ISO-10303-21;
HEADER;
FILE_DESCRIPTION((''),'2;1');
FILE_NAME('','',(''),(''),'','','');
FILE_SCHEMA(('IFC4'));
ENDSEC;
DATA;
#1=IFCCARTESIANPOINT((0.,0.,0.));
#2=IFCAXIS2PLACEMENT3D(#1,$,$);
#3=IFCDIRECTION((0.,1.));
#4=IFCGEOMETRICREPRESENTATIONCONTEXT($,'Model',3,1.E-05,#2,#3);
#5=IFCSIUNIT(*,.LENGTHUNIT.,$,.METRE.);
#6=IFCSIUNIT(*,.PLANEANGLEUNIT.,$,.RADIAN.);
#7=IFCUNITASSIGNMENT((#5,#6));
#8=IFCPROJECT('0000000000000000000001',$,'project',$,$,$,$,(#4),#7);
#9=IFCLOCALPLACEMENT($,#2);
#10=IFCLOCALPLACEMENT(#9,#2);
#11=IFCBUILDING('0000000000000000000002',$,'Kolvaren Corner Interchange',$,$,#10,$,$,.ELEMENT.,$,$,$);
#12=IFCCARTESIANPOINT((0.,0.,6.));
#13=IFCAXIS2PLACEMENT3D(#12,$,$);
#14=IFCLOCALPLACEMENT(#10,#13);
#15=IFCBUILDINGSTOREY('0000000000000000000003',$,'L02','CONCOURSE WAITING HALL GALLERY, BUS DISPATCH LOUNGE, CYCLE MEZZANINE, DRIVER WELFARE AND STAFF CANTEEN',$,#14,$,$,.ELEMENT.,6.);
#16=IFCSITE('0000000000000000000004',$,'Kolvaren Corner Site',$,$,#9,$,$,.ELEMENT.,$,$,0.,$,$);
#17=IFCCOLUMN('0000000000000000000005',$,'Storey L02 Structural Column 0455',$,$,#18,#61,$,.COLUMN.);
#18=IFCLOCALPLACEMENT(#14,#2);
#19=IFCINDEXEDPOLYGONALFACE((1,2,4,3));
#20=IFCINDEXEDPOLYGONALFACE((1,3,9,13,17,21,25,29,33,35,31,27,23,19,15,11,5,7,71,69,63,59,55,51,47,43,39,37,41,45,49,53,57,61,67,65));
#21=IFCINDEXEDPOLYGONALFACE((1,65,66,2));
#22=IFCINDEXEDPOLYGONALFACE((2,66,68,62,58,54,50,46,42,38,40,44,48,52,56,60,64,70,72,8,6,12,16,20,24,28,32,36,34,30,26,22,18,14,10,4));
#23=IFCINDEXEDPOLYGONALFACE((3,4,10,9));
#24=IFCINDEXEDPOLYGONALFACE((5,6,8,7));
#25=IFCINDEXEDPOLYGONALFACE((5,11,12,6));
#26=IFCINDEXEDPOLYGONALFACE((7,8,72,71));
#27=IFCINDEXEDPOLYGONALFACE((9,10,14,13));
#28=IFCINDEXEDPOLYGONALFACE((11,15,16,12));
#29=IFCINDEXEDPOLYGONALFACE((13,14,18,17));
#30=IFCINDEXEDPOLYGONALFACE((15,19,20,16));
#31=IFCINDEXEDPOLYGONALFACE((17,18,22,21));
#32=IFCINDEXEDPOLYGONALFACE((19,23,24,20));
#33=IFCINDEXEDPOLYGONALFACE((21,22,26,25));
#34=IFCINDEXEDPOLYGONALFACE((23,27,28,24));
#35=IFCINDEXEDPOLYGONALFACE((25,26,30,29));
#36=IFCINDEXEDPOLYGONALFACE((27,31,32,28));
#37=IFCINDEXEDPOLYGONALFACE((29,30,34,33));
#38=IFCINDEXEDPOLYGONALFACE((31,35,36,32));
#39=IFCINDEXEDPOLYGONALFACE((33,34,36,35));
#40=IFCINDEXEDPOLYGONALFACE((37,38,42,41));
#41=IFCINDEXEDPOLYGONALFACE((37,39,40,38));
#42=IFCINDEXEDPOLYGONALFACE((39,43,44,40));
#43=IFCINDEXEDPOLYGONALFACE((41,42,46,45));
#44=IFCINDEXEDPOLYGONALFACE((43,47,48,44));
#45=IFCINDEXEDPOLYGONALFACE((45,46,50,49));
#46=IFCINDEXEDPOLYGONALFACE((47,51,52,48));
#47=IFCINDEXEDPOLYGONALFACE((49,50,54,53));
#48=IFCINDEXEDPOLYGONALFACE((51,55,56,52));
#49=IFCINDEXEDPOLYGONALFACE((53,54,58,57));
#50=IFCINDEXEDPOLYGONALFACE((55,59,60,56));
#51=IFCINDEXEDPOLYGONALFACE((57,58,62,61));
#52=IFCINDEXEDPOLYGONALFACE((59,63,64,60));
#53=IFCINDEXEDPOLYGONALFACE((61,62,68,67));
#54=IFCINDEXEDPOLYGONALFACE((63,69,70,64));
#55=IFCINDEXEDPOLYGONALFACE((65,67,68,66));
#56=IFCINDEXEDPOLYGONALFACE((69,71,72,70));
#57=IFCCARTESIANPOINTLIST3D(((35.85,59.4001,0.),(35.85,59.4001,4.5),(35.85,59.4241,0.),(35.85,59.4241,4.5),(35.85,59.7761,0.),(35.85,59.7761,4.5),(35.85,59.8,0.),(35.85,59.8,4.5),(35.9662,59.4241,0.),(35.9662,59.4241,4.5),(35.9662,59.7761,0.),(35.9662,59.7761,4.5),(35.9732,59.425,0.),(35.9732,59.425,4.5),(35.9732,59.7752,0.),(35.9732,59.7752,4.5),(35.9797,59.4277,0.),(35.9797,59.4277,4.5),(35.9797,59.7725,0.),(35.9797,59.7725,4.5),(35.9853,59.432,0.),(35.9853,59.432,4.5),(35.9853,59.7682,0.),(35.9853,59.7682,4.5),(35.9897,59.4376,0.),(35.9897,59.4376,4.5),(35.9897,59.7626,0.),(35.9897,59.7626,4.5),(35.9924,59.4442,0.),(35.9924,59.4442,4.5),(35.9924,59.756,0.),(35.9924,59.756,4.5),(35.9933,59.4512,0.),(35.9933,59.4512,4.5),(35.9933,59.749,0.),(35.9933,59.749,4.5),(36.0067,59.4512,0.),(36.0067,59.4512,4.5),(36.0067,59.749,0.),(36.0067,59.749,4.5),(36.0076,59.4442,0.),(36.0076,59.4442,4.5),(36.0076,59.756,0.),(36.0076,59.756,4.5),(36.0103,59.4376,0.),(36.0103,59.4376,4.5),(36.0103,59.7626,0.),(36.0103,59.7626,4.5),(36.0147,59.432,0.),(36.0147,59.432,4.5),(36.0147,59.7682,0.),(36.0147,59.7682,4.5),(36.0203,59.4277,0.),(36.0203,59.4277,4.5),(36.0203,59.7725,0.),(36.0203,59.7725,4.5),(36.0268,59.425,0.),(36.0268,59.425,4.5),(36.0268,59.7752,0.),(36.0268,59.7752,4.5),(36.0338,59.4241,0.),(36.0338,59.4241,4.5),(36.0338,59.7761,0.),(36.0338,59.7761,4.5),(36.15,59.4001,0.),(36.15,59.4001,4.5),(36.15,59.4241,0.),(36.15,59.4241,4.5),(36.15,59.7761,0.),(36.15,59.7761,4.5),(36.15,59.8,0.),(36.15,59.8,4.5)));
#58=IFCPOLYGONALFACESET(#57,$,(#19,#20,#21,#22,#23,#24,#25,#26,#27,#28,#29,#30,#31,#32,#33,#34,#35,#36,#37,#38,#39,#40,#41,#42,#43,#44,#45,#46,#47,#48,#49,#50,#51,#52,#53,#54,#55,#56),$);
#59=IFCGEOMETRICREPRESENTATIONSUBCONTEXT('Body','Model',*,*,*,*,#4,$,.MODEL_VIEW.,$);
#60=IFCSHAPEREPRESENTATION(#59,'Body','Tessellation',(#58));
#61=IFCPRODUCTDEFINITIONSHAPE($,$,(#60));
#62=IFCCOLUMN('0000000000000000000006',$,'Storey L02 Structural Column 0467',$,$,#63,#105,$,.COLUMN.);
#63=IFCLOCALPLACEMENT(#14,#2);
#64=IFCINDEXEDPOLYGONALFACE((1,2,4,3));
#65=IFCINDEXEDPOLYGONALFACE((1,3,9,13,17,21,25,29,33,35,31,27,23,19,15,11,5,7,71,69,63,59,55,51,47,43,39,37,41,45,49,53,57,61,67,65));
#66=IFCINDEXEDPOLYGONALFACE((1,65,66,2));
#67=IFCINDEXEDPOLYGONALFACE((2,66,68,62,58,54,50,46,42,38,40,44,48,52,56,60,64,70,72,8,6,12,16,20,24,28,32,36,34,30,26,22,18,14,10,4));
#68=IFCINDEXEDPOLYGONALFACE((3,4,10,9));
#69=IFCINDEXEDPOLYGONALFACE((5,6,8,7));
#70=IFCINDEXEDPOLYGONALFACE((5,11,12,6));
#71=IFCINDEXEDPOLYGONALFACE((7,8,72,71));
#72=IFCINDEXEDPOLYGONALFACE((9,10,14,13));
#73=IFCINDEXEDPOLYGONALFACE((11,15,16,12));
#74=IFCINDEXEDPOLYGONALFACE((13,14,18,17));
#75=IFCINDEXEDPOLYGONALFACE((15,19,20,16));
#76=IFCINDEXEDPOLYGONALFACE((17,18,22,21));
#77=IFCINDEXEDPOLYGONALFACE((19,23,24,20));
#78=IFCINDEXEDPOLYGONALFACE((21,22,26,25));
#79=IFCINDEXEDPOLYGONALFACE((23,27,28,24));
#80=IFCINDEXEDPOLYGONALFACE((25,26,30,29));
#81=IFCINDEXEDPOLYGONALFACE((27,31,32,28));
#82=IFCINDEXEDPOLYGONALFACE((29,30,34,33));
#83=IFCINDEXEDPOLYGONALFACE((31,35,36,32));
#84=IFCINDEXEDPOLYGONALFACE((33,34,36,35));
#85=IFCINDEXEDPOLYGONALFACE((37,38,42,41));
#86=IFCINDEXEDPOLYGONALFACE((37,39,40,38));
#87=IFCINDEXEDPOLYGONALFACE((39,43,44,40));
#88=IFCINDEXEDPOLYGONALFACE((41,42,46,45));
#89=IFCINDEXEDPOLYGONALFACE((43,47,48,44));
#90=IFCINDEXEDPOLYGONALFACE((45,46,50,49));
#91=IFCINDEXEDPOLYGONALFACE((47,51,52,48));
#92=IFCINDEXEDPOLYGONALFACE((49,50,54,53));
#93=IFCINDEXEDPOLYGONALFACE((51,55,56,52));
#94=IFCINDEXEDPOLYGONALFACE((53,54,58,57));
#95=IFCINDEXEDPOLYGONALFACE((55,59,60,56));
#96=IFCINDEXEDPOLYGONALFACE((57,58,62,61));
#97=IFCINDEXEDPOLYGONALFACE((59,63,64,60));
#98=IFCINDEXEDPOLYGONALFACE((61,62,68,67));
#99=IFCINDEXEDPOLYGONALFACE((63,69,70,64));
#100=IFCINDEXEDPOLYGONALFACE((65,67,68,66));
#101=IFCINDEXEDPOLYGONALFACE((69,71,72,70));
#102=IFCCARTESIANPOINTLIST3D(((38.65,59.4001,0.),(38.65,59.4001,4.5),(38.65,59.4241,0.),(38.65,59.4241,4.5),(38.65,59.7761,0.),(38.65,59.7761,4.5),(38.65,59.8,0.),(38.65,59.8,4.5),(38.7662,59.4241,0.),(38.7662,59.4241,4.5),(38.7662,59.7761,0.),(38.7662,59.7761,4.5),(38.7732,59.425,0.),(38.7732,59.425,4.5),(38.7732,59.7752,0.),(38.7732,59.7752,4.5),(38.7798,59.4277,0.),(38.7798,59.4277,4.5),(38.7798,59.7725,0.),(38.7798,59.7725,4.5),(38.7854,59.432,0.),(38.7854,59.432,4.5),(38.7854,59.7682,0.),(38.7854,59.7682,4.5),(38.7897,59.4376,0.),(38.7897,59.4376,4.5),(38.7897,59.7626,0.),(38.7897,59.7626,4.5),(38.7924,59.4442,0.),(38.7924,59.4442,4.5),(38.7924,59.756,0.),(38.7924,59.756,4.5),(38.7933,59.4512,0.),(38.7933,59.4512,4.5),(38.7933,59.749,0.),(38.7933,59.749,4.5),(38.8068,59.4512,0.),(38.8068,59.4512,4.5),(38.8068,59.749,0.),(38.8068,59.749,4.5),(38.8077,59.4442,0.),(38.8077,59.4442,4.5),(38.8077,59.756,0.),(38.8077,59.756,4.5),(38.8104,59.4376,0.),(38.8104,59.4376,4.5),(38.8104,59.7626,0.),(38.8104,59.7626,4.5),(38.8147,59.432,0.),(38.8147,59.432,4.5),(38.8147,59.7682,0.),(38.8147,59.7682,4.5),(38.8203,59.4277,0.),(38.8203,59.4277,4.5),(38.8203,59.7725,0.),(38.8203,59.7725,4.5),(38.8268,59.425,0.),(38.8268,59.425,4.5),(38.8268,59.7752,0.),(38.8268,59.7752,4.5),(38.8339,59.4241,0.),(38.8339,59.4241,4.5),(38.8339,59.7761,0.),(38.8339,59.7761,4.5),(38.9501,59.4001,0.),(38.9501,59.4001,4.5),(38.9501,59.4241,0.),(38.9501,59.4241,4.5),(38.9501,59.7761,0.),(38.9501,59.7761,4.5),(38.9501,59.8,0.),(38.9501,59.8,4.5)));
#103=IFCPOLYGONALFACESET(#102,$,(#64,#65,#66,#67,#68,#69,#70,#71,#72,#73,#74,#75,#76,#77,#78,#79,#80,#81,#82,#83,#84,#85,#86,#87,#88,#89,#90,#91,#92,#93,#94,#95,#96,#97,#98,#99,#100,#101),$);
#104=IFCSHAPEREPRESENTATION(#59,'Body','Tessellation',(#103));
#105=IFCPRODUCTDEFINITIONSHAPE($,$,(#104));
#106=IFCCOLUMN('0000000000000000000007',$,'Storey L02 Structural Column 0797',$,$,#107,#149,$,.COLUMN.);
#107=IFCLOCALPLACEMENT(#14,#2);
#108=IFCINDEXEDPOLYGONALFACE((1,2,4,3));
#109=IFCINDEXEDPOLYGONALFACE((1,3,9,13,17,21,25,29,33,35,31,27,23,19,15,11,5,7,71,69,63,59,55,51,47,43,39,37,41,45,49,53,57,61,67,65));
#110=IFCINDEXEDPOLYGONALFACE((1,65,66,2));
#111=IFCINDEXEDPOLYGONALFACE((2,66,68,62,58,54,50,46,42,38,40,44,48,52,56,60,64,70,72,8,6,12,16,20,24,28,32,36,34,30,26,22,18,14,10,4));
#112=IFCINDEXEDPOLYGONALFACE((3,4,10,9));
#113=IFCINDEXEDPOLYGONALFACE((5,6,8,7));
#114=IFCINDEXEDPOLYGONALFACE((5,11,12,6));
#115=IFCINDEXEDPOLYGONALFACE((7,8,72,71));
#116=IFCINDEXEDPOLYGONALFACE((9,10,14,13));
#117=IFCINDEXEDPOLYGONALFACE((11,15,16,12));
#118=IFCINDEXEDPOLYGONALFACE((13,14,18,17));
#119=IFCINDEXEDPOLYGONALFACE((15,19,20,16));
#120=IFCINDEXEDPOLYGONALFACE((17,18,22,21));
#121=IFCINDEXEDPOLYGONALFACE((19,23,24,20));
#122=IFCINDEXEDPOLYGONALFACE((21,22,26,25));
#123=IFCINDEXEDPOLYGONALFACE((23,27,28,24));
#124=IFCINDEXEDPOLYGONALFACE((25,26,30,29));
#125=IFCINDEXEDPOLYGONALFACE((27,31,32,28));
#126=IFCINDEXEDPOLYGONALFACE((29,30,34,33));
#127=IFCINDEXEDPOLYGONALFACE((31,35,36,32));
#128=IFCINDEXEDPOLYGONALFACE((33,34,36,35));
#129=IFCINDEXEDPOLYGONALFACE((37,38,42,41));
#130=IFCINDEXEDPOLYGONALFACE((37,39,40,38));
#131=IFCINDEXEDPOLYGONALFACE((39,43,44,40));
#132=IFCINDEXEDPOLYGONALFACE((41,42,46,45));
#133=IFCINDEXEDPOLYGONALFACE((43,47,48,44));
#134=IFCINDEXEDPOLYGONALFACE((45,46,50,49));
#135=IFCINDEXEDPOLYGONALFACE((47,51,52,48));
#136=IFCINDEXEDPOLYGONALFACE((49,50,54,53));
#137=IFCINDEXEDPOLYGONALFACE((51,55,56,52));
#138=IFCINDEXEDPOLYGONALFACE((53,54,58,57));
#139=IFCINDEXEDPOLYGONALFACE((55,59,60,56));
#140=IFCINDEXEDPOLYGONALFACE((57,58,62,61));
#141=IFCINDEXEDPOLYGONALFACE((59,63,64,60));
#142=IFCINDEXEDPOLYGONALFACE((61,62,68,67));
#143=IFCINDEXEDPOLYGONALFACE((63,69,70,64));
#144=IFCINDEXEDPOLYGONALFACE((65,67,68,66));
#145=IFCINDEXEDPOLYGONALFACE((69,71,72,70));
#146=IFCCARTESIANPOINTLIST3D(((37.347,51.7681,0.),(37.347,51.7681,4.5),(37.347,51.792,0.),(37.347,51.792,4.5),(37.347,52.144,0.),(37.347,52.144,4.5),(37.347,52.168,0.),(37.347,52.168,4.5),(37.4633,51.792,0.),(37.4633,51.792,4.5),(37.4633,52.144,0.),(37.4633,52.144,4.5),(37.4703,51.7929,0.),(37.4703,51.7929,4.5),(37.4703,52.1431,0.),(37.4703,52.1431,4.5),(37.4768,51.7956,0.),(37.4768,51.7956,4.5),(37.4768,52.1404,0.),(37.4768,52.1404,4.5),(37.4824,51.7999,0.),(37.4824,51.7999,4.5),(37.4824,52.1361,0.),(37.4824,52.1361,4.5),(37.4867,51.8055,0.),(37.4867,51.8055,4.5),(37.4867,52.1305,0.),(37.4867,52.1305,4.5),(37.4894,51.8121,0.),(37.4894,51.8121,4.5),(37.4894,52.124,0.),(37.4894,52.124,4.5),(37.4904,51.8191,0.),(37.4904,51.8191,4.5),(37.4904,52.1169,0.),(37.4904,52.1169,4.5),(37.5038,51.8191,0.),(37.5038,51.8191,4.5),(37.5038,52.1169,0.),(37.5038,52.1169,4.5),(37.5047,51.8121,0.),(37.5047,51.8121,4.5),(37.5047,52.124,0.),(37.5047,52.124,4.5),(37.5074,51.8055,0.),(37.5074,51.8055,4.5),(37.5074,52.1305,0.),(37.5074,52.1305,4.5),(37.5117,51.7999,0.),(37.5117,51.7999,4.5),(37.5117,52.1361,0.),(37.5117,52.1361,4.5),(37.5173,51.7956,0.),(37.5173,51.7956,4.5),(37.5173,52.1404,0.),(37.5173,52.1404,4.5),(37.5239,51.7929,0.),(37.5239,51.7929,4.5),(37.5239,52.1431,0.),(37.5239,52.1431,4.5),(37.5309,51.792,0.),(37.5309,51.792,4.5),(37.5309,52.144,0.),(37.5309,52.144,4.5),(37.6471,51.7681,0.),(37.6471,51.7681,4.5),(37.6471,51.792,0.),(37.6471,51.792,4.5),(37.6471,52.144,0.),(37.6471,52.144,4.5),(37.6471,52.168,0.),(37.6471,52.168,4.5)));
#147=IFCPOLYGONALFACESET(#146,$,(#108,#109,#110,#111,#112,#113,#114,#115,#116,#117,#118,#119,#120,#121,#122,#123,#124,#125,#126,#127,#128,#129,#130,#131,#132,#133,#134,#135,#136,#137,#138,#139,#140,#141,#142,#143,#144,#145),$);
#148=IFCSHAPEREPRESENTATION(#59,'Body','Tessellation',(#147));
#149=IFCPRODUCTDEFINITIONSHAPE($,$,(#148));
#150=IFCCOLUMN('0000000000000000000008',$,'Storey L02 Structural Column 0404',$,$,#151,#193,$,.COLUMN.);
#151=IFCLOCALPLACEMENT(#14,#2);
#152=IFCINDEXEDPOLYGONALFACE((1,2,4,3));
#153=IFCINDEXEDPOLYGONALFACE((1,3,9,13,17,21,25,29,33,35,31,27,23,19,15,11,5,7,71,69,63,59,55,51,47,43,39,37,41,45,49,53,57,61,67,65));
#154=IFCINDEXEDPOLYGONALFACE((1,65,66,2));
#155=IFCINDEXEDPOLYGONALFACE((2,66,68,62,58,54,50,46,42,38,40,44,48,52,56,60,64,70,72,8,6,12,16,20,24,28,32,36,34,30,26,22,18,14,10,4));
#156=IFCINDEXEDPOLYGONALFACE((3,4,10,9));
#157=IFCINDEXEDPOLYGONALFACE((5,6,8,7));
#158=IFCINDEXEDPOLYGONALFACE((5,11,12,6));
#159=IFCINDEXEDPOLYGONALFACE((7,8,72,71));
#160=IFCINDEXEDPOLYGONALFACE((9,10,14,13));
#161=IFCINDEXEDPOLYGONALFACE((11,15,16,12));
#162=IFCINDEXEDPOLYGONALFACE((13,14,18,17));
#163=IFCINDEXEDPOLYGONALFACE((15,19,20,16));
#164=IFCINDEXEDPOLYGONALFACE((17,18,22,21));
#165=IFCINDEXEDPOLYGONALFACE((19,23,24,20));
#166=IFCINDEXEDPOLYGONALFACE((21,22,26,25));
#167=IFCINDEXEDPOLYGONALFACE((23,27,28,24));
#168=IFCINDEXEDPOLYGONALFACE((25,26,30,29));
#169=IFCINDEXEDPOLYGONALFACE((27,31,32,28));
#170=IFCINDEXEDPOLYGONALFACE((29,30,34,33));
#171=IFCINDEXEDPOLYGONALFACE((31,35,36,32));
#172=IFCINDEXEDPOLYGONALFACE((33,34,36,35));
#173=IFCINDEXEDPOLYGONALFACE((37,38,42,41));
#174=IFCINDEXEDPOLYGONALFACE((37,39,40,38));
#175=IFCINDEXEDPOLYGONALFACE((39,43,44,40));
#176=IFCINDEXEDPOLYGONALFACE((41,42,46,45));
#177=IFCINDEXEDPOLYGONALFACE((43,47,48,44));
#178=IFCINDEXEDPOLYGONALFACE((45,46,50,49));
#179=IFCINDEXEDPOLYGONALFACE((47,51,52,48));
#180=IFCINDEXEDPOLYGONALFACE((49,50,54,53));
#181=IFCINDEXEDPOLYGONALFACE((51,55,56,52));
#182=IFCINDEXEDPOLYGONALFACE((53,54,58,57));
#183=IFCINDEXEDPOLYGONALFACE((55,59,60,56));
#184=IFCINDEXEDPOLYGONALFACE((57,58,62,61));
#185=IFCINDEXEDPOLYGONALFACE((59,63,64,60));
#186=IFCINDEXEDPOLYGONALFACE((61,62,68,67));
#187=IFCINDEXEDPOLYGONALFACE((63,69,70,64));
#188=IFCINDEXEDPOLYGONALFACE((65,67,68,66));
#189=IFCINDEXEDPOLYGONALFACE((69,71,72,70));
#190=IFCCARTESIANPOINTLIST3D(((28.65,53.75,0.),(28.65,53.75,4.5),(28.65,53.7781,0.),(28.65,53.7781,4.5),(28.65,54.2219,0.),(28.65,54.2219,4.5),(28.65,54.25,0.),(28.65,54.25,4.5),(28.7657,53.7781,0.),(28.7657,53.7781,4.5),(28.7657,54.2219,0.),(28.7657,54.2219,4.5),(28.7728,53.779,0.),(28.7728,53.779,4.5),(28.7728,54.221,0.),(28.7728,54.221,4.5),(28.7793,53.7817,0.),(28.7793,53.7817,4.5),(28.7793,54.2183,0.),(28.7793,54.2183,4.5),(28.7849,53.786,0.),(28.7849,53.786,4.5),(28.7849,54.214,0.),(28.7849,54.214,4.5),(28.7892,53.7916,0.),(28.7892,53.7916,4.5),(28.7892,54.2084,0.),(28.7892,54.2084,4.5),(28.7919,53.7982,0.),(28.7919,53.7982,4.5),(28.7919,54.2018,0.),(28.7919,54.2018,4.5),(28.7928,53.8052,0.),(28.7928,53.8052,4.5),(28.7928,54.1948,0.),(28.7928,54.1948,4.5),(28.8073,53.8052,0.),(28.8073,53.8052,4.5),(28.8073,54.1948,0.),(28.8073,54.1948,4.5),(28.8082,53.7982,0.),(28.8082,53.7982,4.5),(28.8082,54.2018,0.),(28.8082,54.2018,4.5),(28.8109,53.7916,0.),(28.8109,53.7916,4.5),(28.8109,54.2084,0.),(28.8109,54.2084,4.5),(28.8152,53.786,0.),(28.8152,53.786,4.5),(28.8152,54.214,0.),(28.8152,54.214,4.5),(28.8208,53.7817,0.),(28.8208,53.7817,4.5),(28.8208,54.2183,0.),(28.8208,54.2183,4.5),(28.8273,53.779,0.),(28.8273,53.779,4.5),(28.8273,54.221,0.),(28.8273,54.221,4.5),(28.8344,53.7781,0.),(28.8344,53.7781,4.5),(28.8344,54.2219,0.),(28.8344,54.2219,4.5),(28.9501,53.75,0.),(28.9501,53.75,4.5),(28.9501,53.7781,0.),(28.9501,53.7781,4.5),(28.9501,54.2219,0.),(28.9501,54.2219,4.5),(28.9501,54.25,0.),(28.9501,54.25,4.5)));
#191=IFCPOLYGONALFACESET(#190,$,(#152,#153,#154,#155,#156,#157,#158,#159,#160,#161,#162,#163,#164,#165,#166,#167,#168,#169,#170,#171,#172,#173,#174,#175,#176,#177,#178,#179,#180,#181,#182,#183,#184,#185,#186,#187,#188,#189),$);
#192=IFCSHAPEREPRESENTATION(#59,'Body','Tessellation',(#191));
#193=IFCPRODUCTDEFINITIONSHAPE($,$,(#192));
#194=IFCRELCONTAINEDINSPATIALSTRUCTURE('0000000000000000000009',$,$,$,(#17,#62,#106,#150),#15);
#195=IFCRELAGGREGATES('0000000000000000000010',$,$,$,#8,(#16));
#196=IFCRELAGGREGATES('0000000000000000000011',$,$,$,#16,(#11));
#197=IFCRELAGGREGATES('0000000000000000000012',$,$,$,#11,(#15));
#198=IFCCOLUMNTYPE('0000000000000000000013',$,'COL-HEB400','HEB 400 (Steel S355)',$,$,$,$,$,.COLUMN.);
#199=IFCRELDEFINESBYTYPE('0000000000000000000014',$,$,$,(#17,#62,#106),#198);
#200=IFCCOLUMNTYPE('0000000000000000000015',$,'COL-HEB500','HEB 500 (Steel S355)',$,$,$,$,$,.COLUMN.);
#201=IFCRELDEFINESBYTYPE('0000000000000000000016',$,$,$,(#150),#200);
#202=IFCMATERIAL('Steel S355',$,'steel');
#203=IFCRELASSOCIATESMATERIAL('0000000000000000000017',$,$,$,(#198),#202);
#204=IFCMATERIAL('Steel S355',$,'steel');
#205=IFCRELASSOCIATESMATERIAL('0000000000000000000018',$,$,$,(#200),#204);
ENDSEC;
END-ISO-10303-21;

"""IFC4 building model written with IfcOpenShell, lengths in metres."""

from ifc_helpers import new_model, si_unit, direction, frame, origin, origin_2d, place, context, subcontext, project, spatial, i_section, extrude, material, material_profile, profile_set, type_object, element, save


model = new_model("IFC4")

# Units and contexts
model_context = context("Model", 3, precision=1e-05, world=origin(), true_north=direction((0.0, 1.0)))
body_context = subcontext(model_context, "Body", "Model", "MODEL_VIEW")
ifc_project = project(units=[si_unit("LENGTHUNIT", "METRE"), si_unit("PLANEANGLEUNIT", "RADIAN")], contexts=[model_context])

# Site, building, storey
site_placement = place(None, origin())
site = spatial("IfcSite", under=ifc_project, at=site_placement, Name="Kolvaren Corner Site", CompositionType="ELEMENT", RefElevation=0.0)
building_placement = place(site_placement, origin())
building = spatial("IfcBuilding", under=site, at=building_placement, Name="Kolvaren Corner Interchange", CompositionType="ELEMENT")
storey_placement = place(building_placement, frame((0.0, 0.0, 6.0)))
storey = spatial("IfcBuildingStorey", under=building, at=storey_placement, Name="L02", Description="CONCOURSE WAITING HALL GALLERY, BUS DISPATCH LOUNGE, CYCLE MEZZANINE, DRIVER WELFARE AND STAFF CANTEEN", CompositionType="ELEMENT", Elevation=6.0)

# Columns
ifc_material_1 = material(Name="Steel S355", Category="steel")
ifc_material_profile_1 = material_profile(ifc_material_1, i_section(OverallWidth=0.3, OverallDepth=0.3999, WebThickness=0.0134, FlangeThickness=0.0239, FilletRadius=0.0271, at=origin_2d()), Name="HEB 400")
ifc_profile_set_1 = profile_set([ifc_material_profile_1], Name="Steel S355")
column_type_1 = type_object("IfcColumnType", Name="COL-HEB400", Description="HEB 400 (Steel S355)", PredefinedType="COLUMN", material=ifc_profile_set_1)
for number, where, z_axis, x_axis, name in (
    (1, (36.0, 59.6001, 0.0), (0.0, 0.0, 1.0), (1.0, 0.0, 0.0), "Storey L02 Structural Column 0455"),
    (2, (38.8, 59.6001, 0.0), (0.0, 0.0, 1.0), (1.0, 0.0, 0.0), "Storey L02 Structural Column 0467"),
    (3, (37.4971, 51.968, 0.0), (0.0, 0.0, 1.0), (1.0, 0.0, 0.0), "Storey L02 Structural Column 0797"),
):
    element("IfcColumn", number, at=place(storey_placement, frame(where, z_axis=z_axis, x_axis=x_axis)), inside=storey, type_object=column_type_1, Name=name, PredefinedType="COLUMN", context=body_context, shape_type="SweptSolid", body=[
        extrude(i_section(OverallWidth=0.3, OverallDepth=0.3999, WebThickness=0.0134, FlangeThickness=0.0239, FilletRadius=0.0271, at=origin_2d()), origin(), (0.0, 0.0, 1.0), 4.5),
    ])
ifc_material_2 = material(Name="Steel S355", Category="steel")
ifc_material_profile_2 = material_profile(ifc_material_2, i_section(OverallWidth=0.3, OverallDepth=0.5, WebThickness=0.0144, FlangeThickness=0.0281, FilletRadius=0.0271, at=origin_2d()), Name="HEB 500")
ifc_profile_set_2 = profile_set([ifc_material_profile_2], Name="Steel S355")
column_type_2 = type_object("IfcColumnType", Name="COL-HEB500", Description="HEB 500 (Steel S355)", PredefinedType="COLUMN", material=ifc_profile_set_2)
for number, where, z_axis, x_axis, name in (
    (4, (28.8, 54.0, 0.0), (0.0, 0.0, 1.0), (1.0, 0.0, 0.0), "Storey L02 Structural Column 0404"),
):
    element("IfcColumn", number, at=place(storey_placement, frame(where, z_axis=z_axis, x_axis=x_axis)), inside=storey, type_object=column_type_2, Name=name, PredefinedType="COLUMN", context=body_context, shape_type="SweptSolid", body=[
        extrude(i_section(OverallWidth=0.3, OverallDepth=0.5, WebThickness=0.0144, FlangeThickness=0.0281, FilletRadius=0.0271, at=origin_2d()), origin(), (0.0, 0.0, 1.0), 4.5),
    ])

save(model, "model.ifc")
